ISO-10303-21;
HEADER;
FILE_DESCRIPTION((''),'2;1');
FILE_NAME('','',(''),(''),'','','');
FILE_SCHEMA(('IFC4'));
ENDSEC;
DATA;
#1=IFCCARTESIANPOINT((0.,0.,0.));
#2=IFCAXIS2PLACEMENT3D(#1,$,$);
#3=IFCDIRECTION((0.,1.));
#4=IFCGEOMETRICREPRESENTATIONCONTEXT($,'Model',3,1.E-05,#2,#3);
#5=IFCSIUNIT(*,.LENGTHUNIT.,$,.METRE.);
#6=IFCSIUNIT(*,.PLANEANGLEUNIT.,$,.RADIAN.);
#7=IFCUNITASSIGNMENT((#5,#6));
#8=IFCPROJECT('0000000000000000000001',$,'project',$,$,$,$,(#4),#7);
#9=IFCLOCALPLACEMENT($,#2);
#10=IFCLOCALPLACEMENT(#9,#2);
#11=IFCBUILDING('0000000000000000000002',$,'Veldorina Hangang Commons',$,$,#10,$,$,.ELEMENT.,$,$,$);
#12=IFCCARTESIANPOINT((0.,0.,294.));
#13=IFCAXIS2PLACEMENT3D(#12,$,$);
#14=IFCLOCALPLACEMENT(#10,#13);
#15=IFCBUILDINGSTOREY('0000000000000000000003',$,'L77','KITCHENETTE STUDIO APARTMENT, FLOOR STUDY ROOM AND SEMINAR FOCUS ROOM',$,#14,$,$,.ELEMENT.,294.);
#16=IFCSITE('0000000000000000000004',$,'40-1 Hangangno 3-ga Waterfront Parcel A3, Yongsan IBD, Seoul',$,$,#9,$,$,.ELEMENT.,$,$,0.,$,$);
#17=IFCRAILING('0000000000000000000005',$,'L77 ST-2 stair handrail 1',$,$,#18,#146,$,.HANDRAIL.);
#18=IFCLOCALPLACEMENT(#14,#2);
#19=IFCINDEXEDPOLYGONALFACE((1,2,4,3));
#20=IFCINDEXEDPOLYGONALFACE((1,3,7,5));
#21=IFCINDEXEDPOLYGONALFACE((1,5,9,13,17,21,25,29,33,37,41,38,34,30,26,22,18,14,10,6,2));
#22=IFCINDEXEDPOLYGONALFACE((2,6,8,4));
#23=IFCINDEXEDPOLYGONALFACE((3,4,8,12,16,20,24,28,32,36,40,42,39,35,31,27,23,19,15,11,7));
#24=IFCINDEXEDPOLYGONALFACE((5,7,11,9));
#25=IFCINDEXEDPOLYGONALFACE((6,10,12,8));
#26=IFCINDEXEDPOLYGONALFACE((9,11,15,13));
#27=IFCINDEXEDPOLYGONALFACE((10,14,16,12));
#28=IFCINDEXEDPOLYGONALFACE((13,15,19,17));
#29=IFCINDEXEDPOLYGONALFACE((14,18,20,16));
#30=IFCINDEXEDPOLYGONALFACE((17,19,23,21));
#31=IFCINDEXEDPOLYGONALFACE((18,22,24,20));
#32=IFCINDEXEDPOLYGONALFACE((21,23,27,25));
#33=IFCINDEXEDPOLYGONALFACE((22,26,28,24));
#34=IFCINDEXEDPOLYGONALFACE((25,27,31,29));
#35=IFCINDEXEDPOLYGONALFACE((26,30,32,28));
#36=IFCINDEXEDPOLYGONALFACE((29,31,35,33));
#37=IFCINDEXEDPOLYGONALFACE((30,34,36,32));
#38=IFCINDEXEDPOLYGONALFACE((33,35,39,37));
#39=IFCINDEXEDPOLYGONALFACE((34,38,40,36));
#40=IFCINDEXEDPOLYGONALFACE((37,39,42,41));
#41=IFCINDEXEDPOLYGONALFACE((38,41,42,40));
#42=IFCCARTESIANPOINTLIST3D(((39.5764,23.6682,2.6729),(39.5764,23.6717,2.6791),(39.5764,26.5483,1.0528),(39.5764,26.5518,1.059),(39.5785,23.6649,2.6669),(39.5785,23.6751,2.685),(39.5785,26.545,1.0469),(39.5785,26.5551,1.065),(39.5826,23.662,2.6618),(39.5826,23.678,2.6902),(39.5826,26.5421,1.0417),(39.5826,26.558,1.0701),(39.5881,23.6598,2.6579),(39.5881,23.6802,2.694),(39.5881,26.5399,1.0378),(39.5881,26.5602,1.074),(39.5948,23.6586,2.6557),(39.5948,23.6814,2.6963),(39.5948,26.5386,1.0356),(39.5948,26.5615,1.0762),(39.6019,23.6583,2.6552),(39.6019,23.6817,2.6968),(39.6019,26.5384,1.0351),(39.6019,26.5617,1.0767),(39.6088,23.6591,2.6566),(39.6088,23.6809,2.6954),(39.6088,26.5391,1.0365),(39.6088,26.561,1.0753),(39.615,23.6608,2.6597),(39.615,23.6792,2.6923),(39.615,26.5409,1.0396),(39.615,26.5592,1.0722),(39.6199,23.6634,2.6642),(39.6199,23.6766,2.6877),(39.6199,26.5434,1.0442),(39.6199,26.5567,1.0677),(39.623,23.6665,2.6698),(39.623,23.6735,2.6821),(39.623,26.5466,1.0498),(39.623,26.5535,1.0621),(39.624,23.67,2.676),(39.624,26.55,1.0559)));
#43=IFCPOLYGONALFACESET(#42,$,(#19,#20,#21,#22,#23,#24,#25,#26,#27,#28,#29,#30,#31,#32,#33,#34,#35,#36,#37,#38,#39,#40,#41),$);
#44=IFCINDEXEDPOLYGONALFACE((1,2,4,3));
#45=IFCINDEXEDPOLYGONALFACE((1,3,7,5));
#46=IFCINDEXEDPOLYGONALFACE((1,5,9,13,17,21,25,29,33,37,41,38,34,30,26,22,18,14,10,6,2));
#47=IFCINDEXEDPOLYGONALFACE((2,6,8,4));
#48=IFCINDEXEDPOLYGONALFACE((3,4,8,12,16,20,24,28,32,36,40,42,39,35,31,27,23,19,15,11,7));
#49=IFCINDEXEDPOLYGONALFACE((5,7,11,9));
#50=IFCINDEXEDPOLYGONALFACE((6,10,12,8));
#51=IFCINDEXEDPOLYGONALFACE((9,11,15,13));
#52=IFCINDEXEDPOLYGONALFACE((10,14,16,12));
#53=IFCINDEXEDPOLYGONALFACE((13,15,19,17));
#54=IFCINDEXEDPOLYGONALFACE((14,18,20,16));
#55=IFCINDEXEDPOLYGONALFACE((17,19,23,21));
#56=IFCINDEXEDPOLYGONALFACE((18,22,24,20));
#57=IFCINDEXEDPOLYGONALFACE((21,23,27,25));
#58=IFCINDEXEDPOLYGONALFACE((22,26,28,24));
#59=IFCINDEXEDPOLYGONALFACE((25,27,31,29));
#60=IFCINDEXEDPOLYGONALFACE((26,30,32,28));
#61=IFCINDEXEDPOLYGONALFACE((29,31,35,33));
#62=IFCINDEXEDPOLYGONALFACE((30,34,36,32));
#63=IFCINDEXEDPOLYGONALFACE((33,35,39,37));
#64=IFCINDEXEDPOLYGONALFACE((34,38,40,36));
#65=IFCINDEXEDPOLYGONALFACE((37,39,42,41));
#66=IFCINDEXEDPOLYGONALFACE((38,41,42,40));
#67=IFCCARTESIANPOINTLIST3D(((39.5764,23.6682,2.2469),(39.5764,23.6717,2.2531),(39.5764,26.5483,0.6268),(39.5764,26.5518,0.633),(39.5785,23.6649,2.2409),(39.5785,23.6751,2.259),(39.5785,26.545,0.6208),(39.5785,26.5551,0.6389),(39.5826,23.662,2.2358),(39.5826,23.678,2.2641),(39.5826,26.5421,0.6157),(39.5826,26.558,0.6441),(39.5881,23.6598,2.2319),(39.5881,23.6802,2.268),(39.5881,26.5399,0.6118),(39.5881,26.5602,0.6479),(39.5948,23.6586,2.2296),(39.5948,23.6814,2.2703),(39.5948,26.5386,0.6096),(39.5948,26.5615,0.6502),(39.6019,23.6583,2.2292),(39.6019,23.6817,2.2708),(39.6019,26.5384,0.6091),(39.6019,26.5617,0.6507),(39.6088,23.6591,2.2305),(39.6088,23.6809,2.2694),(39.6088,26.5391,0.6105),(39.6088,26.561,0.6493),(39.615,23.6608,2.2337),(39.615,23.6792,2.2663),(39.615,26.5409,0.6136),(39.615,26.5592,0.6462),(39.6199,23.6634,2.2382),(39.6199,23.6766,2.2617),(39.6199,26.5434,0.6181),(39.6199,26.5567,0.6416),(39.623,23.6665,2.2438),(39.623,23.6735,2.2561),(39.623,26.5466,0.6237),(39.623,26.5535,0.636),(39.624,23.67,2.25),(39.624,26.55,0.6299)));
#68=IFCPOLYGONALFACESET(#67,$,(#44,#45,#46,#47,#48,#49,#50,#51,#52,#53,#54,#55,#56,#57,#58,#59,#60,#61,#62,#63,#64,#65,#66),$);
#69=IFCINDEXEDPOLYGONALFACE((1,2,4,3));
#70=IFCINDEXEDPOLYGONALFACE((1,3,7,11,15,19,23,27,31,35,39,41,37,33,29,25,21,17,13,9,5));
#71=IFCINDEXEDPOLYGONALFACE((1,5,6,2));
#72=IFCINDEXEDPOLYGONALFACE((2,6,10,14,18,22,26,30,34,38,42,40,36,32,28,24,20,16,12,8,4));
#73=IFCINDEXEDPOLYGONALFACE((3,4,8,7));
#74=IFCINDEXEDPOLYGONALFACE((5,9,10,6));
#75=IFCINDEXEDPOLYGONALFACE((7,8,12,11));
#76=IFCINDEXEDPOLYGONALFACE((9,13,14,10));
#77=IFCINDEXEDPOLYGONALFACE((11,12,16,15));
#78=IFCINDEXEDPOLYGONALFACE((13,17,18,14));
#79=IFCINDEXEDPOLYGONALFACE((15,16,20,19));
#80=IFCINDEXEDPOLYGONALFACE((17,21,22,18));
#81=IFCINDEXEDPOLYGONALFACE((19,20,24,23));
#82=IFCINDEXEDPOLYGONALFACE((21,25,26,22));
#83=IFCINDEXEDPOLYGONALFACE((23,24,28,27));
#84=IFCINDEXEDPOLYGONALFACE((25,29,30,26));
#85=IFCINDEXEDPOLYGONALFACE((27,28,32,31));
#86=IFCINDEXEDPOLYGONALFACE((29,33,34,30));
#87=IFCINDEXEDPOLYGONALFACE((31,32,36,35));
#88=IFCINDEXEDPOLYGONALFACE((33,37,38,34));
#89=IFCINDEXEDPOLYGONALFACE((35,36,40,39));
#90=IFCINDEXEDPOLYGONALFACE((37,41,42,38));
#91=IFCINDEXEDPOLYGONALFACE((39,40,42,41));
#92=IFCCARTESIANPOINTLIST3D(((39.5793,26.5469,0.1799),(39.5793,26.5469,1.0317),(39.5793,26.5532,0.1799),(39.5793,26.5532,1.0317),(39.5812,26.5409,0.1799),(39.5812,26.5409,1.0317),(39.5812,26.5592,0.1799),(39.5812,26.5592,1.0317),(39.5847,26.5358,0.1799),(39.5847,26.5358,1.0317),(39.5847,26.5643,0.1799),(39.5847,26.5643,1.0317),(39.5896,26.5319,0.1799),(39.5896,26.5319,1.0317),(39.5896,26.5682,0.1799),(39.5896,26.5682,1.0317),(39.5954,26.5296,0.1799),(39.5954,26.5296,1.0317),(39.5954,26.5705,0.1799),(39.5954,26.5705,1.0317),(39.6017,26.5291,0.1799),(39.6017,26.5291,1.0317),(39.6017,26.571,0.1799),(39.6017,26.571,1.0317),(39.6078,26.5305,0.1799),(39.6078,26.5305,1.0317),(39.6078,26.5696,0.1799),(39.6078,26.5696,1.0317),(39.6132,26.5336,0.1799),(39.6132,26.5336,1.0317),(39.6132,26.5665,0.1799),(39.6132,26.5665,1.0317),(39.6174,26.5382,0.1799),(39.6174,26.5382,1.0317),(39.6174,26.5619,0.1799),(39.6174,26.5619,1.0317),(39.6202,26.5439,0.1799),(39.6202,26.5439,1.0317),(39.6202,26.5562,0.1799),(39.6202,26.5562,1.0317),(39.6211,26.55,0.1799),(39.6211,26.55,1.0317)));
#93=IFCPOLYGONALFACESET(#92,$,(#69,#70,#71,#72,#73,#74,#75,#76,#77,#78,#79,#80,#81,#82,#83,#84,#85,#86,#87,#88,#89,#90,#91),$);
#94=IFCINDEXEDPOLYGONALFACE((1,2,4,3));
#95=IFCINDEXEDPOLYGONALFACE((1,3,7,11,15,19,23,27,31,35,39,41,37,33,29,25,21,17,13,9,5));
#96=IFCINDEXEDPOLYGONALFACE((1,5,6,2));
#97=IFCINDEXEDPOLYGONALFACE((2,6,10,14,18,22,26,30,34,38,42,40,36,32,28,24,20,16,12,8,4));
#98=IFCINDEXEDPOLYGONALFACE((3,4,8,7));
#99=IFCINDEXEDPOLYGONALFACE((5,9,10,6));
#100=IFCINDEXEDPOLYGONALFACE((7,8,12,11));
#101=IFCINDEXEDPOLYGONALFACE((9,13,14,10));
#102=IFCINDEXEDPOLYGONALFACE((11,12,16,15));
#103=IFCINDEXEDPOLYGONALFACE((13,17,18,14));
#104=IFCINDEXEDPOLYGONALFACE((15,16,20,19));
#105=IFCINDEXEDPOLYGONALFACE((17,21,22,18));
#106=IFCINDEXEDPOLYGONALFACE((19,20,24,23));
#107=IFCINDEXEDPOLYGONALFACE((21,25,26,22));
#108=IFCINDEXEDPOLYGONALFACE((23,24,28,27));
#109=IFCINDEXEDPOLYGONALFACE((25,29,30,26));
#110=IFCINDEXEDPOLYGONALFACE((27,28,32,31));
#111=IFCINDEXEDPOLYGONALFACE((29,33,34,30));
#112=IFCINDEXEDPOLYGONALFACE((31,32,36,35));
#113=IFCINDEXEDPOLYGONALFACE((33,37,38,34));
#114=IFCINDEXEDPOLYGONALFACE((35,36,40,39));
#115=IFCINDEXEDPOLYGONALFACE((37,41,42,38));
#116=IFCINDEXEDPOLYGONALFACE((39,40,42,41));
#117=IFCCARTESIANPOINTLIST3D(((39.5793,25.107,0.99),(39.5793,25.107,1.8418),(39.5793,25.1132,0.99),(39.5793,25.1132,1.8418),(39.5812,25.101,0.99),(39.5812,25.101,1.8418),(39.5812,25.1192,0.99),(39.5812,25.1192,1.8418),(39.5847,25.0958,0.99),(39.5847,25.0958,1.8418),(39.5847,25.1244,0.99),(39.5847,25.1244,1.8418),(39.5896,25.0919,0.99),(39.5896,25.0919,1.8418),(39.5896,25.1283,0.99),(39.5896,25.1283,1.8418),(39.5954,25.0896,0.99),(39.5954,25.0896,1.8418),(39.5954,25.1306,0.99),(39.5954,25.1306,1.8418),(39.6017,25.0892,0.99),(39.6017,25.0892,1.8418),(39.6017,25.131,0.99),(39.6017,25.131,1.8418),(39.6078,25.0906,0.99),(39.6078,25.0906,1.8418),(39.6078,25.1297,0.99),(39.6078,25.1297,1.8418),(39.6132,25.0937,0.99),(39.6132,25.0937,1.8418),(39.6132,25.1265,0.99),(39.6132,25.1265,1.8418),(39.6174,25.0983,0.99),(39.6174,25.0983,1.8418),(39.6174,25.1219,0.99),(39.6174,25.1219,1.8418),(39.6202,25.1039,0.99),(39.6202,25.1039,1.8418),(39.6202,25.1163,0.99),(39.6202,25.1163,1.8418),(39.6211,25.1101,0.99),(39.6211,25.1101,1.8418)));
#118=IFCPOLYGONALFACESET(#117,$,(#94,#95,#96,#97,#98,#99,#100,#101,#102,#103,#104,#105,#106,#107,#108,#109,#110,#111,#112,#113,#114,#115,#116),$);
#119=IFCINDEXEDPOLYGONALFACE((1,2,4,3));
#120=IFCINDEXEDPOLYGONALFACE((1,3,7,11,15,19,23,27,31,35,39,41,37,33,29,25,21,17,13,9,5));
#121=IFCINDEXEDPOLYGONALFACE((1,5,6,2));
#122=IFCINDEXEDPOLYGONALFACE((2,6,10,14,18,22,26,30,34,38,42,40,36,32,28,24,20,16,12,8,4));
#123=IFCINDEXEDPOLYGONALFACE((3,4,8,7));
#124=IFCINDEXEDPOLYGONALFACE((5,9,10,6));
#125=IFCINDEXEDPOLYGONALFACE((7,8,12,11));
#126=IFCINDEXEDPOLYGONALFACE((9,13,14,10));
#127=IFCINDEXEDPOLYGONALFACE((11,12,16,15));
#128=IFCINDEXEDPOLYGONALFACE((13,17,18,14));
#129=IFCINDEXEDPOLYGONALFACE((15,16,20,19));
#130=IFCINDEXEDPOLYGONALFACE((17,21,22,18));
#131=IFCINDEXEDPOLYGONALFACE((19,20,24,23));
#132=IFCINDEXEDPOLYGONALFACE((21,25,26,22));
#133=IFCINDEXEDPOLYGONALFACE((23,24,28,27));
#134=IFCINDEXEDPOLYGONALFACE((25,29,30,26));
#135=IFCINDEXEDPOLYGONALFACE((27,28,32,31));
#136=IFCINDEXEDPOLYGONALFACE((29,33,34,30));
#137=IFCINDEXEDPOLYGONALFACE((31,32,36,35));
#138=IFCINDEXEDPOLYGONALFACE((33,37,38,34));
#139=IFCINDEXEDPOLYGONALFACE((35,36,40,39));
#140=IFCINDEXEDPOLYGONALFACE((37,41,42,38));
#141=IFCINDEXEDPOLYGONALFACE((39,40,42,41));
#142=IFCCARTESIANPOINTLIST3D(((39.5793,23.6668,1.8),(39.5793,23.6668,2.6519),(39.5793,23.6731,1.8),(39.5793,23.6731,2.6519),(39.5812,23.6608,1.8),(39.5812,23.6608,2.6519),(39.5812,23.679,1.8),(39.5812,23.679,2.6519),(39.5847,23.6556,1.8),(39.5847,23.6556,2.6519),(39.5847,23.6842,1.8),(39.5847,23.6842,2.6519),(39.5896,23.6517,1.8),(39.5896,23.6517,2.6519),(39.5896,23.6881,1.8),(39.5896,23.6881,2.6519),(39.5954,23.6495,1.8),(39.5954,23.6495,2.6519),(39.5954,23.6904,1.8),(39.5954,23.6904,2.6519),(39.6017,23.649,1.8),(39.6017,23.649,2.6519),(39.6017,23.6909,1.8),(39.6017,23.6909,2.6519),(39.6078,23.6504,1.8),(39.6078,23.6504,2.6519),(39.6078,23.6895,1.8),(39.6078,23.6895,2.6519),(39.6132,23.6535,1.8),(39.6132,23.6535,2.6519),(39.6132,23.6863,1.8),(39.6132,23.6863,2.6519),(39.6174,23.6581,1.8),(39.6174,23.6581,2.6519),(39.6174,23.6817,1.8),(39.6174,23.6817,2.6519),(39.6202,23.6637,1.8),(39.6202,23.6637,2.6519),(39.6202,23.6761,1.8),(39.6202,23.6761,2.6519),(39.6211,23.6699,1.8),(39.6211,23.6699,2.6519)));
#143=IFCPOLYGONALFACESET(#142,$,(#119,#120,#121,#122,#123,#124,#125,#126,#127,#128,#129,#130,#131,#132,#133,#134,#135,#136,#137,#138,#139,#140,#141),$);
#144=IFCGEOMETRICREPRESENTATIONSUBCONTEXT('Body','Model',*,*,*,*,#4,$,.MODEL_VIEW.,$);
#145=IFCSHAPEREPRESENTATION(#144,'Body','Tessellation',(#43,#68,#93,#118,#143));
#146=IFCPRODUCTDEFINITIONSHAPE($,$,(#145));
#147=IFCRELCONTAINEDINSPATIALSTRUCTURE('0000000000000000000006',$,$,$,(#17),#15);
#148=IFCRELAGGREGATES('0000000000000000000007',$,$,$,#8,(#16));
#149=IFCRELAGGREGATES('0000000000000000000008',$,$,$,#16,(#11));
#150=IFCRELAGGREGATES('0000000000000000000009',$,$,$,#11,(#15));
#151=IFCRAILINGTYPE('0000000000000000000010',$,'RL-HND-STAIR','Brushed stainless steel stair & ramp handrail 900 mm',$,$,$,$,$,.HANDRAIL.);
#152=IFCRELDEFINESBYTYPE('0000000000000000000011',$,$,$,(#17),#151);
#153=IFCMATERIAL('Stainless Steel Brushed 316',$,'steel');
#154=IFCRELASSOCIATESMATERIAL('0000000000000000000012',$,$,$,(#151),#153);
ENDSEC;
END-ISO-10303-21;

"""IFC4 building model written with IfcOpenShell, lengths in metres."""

from ifc_helpers import new_model, si_unit, direction, frame, origin, origin_2d, place, context, subcontext, project, spatial, circle, extrude, material, type_object, element, save


model = new_model("IFC4")

# Units and contexts
model_context = context("Model", 3, precision=1e-05, world=origin(), true_north=direction((0.0, 1.0)))
body_context = subcontext(model_context, "Body", "Model", "MODEL_VIEW")
ifc_project = project(units=[si_unit("LENGTHUNIT", "METRE"), si_unit("PLANEANGLEUNIT", "RADIAN")], contexts=[model_context])

# Site, building, storey
site_placement = place(None, origin())
site = spatial("IfcSite", under=ifc_project, at=site_placement, Name="40-1 Hangangno 3-ga Waterfront Parcel A3, Yongsan IBD, Seoul", CompositionType="ELEMENT", RefElevation=0.0)
building_placement = place(site_placement, origin())
building = spatial("IfcBuilding", under=site, at=building_placement, Name="Veldorina Hangang Commons", CompositionType="ELEMENT")
storey_placement = place(building_placement, frame((0.0, 0.0, 294.0)))
storey = spatial("IfcBuildingStorey", under=building, at=storey_placement, Name="L77", Description="KITCHENETTE STUDIO APARTMENT, FLOOR STUDY ROOM AND SEMINAR FOCUS ROOM", CompositionType="ELEMENT", Elevation=294.0)

# Railing
ifc_material_1 = material(Name="Stainless Steel Brushed 316", Category="steel")
railing_type_1 = type_object("IfcRailingType", Name="RL-HND-STAIR", Description="Brushed stainless steel stair & ramp handrail 900 mm", PredefinedType="HANDRAIL", material=ifc_material_1)
railing_1_placement = place(storey_placement, frame((39.6001, 26.55, 0.1799)))
element("IfcRailing", 1, at=railing_1_placement, inside=storey, type_object=railing_type_1, Name="L77 ST-2 stair handrail 1", PredefinedType="HANDRAIL", context=body_context, shape_type="SweptSolid", body=[
    extrude(circle(Radius=0.0239, at=origin_2d()), frame((0.0, 0.0, 0.876), z_axis=(0.0, -0.87157, 0.490272), x_axis=(1.0, 0.0, 0.0)), (0.0, 0.0, 1.0), 3.3044),
    extrude(circle(Radius=0.0239, at=origin_2d()), frame((0.0, 0.0, 0.45), z_axis=(0.0, -0.87157, 0.490272), x_axis=(1.0, 0.0, 0.0)), (0.0, 0.0, 1.0), 3.3044),
    extrude(circle(Radius=0.021, at=origin_2d()), origin(), (0.0, 0.0, 1.0), 0.8518),
    extrude(circle(Radius=0.021, at=origin_2d()), frame((0.0, -1.4399, 0.8101)), (0.0, 0.0, 1.0), 0.8518),
    extrude(circle(Radius=0.021, at=origin_2d()), frame((0.0, -2.8801, 1.6201)), (0.0, 0.0, 1.0), 0.8518),
])

save(model, "model.ifc")
